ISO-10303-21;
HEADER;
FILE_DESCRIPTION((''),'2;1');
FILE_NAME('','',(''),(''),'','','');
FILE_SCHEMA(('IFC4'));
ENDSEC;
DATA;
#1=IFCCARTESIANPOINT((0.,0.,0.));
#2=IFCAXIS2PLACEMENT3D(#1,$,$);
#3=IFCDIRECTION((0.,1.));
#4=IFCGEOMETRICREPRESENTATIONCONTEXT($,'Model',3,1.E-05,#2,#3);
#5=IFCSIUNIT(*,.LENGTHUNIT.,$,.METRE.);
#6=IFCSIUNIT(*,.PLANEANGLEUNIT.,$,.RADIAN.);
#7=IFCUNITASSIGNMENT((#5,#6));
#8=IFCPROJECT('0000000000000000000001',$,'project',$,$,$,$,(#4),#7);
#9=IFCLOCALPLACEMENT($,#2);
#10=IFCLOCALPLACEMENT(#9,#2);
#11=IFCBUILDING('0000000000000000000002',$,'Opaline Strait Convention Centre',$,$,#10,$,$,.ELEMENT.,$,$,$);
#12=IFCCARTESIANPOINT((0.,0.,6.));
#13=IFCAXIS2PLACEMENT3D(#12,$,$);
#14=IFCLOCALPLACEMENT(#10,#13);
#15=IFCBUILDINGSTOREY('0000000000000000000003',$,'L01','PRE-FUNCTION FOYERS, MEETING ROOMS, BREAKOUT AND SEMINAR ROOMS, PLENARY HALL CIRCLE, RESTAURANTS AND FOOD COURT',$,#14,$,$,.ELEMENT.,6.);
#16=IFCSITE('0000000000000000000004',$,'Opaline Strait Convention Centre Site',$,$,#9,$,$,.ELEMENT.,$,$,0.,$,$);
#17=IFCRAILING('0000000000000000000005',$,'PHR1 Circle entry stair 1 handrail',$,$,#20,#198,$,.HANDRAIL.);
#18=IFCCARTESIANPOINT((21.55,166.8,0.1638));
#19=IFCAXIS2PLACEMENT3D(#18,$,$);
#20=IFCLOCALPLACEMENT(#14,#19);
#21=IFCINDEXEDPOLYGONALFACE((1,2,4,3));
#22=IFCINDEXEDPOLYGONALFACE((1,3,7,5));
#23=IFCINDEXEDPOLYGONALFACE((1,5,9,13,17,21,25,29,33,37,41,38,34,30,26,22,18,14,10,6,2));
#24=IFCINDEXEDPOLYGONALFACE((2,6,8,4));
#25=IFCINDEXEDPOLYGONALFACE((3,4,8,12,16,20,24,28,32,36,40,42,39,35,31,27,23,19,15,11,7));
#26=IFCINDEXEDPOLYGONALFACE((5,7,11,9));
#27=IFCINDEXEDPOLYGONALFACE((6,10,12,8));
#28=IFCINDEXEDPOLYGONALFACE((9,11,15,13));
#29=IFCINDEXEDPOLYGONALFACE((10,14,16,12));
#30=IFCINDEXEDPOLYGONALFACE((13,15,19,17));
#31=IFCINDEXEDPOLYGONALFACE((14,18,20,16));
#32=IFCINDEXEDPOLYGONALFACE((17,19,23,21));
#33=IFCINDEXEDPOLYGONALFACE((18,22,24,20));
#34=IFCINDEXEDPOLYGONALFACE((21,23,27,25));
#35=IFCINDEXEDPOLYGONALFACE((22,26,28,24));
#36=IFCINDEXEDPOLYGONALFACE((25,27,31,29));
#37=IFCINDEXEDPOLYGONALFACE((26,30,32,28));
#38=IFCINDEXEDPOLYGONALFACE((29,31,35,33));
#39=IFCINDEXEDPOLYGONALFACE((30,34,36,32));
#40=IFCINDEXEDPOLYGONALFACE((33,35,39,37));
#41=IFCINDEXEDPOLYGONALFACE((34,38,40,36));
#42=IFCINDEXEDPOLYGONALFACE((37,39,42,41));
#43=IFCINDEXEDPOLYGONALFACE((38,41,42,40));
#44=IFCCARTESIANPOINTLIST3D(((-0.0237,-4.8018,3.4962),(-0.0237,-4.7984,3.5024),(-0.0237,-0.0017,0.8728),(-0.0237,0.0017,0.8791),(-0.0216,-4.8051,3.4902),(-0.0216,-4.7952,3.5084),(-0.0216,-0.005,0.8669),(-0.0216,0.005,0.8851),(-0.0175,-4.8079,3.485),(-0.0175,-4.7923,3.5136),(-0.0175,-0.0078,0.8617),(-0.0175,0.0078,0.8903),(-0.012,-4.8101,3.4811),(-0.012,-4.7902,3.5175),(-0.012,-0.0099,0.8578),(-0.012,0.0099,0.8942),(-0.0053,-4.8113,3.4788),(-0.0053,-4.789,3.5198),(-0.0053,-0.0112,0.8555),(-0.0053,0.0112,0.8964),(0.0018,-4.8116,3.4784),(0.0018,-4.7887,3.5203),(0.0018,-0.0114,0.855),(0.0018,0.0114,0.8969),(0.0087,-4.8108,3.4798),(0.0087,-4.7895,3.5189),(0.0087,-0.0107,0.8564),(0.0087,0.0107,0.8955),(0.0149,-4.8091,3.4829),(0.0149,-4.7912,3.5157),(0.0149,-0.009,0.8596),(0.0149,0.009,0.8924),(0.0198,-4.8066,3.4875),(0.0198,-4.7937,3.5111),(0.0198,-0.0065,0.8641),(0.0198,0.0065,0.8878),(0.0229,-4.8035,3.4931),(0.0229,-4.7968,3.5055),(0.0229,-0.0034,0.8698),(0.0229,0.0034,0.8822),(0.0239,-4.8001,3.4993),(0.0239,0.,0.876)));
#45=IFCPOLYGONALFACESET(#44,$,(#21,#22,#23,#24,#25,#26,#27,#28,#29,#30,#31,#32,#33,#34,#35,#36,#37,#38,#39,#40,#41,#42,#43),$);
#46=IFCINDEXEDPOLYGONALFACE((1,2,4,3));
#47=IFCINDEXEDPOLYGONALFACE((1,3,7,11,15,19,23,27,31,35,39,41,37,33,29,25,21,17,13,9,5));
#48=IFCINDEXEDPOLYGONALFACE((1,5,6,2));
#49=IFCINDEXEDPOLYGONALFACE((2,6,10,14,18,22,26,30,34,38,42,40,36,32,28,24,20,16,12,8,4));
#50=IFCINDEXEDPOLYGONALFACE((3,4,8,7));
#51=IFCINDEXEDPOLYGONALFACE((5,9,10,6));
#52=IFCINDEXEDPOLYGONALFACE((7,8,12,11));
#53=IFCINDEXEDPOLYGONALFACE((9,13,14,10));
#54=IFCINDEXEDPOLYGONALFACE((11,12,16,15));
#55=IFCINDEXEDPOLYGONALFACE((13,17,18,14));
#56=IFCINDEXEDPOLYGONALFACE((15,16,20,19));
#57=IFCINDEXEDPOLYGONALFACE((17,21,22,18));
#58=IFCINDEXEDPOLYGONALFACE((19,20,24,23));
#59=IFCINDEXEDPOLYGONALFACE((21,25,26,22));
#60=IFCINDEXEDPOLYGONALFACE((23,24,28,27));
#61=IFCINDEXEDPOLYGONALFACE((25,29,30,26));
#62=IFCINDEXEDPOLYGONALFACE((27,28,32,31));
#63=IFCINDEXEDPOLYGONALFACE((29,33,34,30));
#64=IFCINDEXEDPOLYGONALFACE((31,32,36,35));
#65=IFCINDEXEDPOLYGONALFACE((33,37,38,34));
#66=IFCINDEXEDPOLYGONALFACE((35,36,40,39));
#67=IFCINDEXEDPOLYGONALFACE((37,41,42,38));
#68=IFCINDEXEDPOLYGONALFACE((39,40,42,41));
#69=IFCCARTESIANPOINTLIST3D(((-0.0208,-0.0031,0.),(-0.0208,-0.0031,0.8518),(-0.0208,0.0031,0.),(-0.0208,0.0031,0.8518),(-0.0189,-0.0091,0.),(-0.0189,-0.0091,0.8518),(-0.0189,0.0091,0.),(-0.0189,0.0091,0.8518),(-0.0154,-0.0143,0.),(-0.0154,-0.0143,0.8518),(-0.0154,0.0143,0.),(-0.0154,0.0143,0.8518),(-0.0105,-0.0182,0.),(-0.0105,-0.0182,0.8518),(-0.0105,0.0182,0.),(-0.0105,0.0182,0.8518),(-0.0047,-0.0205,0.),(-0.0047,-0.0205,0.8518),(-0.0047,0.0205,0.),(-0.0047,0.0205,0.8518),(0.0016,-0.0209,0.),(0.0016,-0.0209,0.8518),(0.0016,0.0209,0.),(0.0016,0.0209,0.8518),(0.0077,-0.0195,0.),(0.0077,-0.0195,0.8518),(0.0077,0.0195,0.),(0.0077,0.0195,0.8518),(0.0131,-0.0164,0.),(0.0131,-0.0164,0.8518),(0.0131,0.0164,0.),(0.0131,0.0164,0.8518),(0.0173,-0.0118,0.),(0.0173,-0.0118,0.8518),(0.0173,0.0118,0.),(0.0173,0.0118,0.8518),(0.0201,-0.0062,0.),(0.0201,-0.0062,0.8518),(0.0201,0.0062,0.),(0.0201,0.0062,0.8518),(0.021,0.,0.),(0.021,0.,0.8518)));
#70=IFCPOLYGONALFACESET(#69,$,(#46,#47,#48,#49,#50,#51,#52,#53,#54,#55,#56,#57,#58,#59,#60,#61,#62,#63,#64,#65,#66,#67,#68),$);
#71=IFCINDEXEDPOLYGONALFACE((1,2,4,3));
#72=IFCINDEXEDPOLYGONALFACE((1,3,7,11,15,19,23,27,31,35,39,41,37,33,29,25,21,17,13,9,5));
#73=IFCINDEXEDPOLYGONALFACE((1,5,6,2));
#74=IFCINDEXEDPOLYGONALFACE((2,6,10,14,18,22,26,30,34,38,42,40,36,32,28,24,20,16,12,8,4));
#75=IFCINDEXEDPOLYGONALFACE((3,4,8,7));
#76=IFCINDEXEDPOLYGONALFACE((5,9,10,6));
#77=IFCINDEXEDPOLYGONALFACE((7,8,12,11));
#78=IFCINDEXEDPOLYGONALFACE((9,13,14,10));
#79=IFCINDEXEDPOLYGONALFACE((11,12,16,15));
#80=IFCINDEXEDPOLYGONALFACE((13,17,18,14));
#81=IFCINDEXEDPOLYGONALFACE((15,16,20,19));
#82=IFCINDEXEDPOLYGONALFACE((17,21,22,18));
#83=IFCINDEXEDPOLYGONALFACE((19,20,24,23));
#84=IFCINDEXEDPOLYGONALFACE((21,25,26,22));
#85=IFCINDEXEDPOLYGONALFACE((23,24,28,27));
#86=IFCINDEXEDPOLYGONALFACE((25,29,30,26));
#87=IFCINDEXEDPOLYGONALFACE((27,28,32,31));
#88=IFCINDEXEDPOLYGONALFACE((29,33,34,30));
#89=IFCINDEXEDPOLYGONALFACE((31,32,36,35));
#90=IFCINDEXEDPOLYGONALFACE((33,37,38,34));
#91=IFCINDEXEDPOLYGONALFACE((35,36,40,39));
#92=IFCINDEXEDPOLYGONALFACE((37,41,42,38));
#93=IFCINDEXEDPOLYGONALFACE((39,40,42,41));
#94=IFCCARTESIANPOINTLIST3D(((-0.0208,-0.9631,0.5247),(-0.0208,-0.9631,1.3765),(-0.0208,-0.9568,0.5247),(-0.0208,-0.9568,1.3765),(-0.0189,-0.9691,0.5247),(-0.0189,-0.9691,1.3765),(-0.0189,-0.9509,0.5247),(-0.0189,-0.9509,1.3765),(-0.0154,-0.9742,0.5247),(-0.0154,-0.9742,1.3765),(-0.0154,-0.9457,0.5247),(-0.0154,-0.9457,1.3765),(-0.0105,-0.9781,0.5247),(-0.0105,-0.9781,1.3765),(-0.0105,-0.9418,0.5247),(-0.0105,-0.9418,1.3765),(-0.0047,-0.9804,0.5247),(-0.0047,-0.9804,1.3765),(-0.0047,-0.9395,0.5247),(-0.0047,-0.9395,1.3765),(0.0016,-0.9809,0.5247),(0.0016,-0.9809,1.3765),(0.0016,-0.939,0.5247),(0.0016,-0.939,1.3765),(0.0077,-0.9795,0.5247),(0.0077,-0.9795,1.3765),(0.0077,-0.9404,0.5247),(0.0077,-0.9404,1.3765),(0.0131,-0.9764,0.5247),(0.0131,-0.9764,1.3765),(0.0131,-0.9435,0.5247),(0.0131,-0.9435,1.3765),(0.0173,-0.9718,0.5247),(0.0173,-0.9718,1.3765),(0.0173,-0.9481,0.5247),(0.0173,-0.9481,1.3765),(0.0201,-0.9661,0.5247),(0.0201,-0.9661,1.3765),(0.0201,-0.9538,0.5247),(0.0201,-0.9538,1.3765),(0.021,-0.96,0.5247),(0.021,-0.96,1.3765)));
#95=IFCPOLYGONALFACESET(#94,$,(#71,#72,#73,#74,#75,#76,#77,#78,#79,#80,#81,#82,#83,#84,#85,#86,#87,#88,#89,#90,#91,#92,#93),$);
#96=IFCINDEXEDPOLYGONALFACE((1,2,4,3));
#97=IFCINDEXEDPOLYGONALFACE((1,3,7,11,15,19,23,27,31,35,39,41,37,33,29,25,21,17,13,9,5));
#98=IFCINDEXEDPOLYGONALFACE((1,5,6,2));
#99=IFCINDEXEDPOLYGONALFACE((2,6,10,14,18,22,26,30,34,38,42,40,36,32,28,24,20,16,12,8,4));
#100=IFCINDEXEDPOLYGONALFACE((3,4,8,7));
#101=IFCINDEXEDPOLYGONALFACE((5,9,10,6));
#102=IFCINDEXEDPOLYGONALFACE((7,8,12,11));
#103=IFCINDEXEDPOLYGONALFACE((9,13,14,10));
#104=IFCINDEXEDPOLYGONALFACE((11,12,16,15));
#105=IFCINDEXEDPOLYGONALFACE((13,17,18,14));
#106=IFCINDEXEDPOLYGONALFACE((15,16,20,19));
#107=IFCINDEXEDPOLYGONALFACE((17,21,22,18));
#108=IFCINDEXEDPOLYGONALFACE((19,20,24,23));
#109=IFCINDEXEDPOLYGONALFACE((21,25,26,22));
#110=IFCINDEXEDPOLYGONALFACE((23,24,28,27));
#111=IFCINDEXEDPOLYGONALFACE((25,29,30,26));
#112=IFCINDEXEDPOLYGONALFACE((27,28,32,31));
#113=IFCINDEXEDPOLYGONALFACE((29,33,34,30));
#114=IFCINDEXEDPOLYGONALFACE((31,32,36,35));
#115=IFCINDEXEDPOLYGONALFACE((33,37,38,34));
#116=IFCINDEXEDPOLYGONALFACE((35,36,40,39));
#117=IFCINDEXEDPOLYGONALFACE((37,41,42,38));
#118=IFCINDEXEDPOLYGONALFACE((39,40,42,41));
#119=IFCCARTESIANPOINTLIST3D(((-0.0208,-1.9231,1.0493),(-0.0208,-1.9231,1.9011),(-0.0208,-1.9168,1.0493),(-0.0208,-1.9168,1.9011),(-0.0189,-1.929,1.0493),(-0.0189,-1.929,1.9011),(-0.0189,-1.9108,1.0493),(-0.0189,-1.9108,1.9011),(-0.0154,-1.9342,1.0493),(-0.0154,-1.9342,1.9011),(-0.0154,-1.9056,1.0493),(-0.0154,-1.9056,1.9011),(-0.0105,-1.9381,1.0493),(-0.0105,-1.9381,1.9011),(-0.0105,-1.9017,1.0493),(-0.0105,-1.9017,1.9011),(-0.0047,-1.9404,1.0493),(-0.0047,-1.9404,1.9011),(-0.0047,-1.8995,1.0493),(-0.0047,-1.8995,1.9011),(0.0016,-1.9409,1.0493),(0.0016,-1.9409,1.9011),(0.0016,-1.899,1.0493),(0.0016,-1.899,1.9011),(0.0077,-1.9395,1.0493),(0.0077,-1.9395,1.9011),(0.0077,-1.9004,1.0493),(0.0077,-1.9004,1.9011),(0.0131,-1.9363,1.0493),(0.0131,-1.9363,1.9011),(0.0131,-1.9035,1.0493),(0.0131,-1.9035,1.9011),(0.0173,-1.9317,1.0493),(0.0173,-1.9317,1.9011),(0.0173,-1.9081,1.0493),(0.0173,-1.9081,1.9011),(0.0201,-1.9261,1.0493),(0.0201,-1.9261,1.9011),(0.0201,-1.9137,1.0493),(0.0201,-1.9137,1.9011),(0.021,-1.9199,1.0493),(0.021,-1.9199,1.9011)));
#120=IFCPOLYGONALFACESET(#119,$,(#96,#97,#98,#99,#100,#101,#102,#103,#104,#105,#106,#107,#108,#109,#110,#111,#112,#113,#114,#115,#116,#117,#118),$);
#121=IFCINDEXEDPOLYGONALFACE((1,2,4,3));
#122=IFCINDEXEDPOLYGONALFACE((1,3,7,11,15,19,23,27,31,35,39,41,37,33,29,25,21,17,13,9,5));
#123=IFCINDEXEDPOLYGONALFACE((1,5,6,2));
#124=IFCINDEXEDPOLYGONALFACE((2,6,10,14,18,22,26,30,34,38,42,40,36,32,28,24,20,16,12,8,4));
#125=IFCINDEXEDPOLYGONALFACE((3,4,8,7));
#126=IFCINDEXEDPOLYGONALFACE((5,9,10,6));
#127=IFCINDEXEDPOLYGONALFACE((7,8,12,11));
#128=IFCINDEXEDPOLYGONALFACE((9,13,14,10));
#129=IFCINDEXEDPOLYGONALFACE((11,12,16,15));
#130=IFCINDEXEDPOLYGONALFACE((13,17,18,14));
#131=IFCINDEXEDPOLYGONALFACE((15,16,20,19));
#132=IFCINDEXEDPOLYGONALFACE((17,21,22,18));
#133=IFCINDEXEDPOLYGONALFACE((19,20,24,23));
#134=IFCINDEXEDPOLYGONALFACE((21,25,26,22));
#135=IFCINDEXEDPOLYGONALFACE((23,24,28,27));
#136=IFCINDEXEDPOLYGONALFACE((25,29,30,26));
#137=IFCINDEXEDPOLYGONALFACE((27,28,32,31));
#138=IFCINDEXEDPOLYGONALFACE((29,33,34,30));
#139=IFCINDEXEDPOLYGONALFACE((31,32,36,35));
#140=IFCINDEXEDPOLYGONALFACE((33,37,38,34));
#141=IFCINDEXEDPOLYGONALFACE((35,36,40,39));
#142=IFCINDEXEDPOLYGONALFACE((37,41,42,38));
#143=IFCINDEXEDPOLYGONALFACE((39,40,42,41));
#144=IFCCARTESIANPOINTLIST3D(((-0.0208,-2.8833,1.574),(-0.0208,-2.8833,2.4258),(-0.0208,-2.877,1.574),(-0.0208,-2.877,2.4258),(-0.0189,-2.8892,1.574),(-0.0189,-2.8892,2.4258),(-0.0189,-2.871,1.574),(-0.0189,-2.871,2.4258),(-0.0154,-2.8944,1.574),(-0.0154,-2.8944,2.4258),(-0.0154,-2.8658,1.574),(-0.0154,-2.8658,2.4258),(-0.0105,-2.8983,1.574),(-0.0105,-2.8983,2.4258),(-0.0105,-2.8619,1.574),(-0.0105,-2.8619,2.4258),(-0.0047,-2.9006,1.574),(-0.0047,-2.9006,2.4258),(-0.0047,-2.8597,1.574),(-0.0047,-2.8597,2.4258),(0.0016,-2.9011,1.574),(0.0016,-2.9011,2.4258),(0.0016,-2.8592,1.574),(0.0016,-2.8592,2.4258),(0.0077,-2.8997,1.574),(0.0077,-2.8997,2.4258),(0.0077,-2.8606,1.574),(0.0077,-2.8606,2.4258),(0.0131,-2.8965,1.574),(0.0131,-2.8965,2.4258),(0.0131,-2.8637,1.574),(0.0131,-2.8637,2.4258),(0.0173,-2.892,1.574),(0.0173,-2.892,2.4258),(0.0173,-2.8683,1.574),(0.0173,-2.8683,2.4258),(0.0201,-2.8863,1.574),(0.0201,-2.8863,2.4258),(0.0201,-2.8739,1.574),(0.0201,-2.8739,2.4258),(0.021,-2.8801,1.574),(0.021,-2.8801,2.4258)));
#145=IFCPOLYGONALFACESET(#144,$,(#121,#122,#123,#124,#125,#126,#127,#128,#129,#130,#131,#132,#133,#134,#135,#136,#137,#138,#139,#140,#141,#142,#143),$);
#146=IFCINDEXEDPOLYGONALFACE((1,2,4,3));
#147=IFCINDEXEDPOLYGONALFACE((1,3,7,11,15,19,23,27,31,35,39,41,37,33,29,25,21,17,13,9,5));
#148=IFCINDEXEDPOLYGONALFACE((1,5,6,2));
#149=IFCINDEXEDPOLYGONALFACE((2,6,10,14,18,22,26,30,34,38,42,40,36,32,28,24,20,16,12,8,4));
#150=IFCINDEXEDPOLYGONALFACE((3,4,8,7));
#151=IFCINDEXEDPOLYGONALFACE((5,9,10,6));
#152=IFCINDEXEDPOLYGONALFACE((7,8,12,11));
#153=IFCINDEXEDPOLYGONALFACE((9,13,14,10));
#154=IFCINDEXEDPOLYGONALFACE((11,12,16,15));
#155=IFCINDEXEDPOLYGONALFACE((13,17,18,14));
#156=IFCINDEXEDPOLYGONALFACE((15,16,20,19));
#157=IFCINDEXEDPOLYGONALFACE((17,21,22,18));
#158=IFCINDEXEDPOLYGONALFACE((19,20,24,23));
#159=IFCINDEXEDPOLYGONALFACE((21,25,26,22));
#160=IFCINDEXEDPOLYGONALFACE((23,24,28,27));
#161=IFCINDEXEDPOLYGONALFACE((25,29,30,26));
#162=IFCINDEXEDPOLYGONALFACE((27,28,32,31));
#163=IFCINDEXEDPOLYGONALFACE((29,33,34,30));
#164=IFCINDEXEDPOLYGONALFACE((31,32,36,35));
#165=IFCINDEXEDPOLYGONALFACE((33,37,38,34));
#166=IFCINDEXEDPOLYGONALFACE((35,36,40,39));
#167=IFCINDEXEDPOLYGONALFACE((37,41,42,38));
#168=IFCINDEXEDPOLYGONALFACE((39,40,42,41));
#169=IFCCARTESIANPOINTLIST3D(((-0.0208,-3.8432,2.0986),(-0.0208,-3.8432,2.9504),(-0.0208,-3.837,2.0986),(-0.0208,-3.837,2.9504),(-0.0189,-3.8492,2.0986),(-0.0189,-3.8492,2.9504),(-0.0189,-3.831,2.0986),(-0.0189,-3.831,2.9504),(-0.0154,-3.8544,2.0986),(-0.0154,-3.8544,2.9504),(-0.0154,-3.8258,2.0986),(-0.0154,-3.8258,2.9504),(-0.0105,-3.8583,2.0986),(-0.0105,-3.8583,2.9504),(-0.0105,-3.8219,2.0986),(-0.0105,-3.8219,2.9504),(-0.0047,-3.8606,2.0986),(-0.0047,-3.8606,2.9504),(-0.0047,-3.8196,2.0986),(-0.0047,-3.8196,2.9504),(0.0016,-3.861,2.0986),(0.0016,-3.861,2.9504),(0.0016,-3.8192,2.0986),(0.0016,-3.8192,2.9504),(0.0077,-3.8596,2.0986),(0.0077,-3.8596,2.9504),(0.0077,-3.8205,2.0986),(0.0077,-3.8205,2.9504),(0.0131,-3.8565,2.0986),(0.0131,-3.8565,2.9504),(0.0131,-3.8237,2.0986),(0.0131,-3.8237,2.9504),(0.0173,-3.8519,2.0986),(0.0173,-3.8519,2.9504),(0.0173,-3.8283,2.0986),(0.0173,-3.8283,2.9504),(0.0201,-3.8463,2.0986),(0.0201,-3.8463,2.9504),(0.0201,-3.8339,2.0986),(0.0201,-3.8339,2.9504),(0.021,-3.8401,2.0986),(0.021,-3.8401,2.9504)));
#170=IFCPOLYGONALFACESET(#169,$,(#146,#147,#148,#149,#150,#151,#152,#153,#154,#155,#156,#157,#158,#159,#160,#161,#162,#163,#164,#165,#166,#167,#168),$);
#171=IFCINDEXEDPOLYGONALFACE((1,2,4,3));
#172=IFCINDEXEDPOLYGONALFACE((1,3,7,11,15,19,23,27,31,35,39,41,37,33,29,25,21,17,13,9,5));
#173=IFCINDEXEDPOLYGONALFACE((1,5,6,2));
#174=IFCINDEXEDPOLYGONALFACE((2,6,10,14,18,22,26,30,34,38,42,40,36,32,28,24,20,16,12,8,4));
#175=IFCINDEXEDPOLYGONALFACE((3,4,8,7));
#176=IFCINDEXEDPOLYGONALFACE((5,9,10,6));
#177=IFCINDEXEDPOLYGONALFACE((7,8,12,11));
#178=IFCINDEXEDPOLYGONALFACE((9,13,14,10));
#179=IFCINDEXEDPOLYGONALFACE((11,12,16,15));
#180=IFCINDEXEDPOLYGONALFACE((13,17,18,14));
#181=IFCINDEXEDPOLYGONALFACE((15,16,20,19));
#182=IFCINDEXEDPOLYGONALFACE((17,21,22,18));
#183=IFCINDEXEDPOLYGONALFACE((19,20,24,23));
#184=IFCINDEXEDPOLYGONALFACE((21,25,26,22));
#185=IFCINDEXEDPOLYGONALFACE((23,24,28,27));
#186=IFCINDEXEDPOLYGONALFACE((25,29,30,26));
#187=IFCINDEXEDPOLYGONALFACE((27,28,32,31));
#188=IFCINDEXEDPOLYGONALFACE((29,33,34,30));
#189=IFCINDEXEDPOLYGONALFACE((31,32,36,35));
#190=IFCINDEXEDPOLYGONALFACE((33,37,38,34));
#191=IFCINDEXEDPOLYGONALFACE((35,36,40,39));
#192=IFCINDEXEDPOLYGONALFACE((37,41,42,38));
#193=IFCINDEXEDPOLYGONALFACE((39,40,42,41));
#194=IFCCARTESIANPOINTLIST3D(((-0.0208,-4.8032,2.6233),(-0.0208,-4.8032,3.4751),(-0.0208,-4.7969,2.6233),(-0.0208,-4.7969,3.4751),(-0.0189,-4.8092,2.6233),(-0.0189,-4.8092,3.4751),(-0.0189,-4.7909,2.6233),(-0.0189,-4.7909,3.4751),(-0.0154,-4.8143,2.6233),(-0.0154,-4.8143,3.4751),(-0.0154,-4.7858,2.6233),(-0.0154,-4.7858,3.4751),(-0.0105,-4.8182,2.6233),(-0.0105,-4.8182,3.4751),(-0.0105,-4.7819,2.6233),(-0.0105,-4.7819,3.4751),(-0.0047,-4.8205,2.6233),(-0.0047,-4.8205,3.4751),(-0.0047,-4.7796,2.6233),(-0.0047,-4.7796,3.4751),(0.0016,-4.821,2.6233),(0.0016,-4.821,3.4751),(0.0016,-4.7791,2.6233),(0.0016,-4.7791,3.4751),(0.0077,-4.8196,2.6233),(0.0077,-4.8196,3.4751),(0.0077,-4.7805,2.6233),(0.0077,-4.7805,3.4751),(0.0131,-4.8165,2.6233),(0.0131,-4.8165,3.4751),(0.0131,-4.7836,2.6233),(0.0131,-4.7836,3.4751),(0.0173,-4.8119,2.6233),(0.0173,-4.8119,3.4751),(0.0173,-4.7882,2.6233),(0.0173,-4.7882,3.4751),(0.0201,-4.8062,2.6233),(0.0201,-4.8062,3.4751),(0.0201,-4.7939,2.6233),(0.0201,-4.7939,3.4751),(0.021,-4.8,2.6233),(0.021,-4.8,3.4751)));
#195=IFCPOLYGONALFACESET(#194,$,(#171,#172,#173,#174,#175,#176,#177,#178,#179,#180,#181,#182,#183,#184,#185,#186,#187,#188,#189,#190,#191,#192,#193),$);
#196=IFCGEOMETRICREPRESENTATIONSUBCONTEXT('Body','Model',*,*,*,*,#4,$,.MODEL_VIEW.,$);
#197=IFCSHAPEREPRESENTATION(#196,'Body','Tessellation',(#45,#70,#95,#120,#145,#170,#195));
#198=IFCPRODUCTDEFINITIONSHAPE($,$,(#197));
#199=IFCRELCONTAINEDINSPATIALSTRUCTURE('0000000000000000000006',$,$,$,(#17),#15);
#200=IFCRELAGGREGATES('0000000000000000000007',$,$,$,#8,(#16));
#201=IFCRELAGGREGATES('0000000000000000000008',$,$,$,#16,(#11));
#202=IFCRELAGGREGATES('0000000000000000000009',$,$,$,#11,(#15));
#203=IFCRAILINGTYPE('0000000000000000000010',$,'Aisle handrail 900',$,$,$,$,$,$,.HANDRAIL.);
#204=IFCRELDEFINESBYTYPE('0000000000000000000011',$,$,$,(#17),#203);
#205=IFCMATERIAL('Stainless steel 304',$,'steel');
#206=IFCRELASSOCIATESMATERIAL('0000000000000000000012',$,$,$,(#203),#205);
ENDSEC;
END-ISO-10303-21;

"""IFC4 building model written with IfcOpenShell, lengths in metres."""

from ifc_helpers import new_model, si_unit, direction, frame, origin, origin_2d, place, context, subcontext, project, spatial, circle, extrude, material, type_object, element, save


model = new_model("IFC4")

# Units and contexts
model_context = context("Model", 3, precision=1e-05, world=origin(), true_north=direction((0.0, 1.0)))
body_context = subcontext(model_context, "Body", "Model", "MODEL_VIEW")
ifc_project = project(units=[si_unit("LENGTHUNIT", "METRE"), si_unit("PLANEANGLEUNIT", "RADIAN")], contexts=[model_context])

# Site, building, storey
site_placement = place(None, origin())
site = spatial("IfcSite", under=ifc_project, at=site_placement, Name="Opaline Strait Convention Centre Site", CompositionType="ELEMENT", RefElevation=0.0)
building_placement = place(site_placement, origin())
building = spatial("IfcBuilding", under=site, at=building_placement, Name="Opaline Strait Convention Centre", CompositionType="ELEMENT")
storey_placement = place(building_placement, frame((0.0, 0.0, 6.0)))
storey = spatial("IfcBuildingStorey", under=building, at=storey_placement, Name="L01", Description="PRE-FUNCTION FOYERS, MEETING ROOMS, BREAKOUT AND SEMINAR ROOMS, PLENARY HALL CIRCLE, RESTAURANTS AND FOOD COURT", CompositionType="ELEMENT", Elevation=6.0)

# Railing
ifc_material_1 = material(Name="Stainless steel 304", Category="steel")
railing_type_1 = type_object("IfcRailingType", Name="Aisle handrail 900", PredefinedType="HANDRAIL", material=ifc_material_1)
for number, where, name in (
    (1, (21.55, 166.8, 0.1638), "PHR1 Circle entry stair 1 handrail"),
):
    element("IfcRailing", number, at=place(storey_placement, frame(where)), inside=storey, type_object=railing_type_1, Name=name, PredefinedType="HANDRAIL", context=body_context, shape_type="SweptSolid", body=[
        extrude(circle(Radius=0.0239, at=origin_2d()), frame((0.0, 0.0, 0.876), z_axis=(0.0, -0.877505, 0.479568), x_axis=(1.0, 0.0, 0.0)), (0.0, 0.0, 1.0), 5.4702),
        extrude(circle(Radius=0.021, at=origin_2d()), origin(), (0.0, 0.0, 1.0), 0.8518),
        extrude(circle(Radius=0.021, at=origin_2d()), frame((0.0, -0.96, 0.5247)), (0.0, 0.0, 1.0), 0.8518),
        extrude(circle(Radius=0.021, at=origin_2d()), frame((0.0, -1.9199, 1.0493)), (0.0, 0.0, 1.0), 0.8518),
        extrude(circle(Radius=0.021, at=origin_2d()), frame((0.0, -2.8801, 1.574)), (0.0, 0.0, 1.0), 0.8518),
        extrude(circle(Radius=0.021, at=origin_2d()), frame((0.0, -3.8401, 2.0986)), (0.0, 0.0, 1.0), 0.8518),
        extrude(circle(Radius=0.021, at=origin_2d()), frame((0.0, -4.8, 2.6233)), (0.0, 0.0, 1.0), 0.8518),
    ])

save(model, "model.ifc")
